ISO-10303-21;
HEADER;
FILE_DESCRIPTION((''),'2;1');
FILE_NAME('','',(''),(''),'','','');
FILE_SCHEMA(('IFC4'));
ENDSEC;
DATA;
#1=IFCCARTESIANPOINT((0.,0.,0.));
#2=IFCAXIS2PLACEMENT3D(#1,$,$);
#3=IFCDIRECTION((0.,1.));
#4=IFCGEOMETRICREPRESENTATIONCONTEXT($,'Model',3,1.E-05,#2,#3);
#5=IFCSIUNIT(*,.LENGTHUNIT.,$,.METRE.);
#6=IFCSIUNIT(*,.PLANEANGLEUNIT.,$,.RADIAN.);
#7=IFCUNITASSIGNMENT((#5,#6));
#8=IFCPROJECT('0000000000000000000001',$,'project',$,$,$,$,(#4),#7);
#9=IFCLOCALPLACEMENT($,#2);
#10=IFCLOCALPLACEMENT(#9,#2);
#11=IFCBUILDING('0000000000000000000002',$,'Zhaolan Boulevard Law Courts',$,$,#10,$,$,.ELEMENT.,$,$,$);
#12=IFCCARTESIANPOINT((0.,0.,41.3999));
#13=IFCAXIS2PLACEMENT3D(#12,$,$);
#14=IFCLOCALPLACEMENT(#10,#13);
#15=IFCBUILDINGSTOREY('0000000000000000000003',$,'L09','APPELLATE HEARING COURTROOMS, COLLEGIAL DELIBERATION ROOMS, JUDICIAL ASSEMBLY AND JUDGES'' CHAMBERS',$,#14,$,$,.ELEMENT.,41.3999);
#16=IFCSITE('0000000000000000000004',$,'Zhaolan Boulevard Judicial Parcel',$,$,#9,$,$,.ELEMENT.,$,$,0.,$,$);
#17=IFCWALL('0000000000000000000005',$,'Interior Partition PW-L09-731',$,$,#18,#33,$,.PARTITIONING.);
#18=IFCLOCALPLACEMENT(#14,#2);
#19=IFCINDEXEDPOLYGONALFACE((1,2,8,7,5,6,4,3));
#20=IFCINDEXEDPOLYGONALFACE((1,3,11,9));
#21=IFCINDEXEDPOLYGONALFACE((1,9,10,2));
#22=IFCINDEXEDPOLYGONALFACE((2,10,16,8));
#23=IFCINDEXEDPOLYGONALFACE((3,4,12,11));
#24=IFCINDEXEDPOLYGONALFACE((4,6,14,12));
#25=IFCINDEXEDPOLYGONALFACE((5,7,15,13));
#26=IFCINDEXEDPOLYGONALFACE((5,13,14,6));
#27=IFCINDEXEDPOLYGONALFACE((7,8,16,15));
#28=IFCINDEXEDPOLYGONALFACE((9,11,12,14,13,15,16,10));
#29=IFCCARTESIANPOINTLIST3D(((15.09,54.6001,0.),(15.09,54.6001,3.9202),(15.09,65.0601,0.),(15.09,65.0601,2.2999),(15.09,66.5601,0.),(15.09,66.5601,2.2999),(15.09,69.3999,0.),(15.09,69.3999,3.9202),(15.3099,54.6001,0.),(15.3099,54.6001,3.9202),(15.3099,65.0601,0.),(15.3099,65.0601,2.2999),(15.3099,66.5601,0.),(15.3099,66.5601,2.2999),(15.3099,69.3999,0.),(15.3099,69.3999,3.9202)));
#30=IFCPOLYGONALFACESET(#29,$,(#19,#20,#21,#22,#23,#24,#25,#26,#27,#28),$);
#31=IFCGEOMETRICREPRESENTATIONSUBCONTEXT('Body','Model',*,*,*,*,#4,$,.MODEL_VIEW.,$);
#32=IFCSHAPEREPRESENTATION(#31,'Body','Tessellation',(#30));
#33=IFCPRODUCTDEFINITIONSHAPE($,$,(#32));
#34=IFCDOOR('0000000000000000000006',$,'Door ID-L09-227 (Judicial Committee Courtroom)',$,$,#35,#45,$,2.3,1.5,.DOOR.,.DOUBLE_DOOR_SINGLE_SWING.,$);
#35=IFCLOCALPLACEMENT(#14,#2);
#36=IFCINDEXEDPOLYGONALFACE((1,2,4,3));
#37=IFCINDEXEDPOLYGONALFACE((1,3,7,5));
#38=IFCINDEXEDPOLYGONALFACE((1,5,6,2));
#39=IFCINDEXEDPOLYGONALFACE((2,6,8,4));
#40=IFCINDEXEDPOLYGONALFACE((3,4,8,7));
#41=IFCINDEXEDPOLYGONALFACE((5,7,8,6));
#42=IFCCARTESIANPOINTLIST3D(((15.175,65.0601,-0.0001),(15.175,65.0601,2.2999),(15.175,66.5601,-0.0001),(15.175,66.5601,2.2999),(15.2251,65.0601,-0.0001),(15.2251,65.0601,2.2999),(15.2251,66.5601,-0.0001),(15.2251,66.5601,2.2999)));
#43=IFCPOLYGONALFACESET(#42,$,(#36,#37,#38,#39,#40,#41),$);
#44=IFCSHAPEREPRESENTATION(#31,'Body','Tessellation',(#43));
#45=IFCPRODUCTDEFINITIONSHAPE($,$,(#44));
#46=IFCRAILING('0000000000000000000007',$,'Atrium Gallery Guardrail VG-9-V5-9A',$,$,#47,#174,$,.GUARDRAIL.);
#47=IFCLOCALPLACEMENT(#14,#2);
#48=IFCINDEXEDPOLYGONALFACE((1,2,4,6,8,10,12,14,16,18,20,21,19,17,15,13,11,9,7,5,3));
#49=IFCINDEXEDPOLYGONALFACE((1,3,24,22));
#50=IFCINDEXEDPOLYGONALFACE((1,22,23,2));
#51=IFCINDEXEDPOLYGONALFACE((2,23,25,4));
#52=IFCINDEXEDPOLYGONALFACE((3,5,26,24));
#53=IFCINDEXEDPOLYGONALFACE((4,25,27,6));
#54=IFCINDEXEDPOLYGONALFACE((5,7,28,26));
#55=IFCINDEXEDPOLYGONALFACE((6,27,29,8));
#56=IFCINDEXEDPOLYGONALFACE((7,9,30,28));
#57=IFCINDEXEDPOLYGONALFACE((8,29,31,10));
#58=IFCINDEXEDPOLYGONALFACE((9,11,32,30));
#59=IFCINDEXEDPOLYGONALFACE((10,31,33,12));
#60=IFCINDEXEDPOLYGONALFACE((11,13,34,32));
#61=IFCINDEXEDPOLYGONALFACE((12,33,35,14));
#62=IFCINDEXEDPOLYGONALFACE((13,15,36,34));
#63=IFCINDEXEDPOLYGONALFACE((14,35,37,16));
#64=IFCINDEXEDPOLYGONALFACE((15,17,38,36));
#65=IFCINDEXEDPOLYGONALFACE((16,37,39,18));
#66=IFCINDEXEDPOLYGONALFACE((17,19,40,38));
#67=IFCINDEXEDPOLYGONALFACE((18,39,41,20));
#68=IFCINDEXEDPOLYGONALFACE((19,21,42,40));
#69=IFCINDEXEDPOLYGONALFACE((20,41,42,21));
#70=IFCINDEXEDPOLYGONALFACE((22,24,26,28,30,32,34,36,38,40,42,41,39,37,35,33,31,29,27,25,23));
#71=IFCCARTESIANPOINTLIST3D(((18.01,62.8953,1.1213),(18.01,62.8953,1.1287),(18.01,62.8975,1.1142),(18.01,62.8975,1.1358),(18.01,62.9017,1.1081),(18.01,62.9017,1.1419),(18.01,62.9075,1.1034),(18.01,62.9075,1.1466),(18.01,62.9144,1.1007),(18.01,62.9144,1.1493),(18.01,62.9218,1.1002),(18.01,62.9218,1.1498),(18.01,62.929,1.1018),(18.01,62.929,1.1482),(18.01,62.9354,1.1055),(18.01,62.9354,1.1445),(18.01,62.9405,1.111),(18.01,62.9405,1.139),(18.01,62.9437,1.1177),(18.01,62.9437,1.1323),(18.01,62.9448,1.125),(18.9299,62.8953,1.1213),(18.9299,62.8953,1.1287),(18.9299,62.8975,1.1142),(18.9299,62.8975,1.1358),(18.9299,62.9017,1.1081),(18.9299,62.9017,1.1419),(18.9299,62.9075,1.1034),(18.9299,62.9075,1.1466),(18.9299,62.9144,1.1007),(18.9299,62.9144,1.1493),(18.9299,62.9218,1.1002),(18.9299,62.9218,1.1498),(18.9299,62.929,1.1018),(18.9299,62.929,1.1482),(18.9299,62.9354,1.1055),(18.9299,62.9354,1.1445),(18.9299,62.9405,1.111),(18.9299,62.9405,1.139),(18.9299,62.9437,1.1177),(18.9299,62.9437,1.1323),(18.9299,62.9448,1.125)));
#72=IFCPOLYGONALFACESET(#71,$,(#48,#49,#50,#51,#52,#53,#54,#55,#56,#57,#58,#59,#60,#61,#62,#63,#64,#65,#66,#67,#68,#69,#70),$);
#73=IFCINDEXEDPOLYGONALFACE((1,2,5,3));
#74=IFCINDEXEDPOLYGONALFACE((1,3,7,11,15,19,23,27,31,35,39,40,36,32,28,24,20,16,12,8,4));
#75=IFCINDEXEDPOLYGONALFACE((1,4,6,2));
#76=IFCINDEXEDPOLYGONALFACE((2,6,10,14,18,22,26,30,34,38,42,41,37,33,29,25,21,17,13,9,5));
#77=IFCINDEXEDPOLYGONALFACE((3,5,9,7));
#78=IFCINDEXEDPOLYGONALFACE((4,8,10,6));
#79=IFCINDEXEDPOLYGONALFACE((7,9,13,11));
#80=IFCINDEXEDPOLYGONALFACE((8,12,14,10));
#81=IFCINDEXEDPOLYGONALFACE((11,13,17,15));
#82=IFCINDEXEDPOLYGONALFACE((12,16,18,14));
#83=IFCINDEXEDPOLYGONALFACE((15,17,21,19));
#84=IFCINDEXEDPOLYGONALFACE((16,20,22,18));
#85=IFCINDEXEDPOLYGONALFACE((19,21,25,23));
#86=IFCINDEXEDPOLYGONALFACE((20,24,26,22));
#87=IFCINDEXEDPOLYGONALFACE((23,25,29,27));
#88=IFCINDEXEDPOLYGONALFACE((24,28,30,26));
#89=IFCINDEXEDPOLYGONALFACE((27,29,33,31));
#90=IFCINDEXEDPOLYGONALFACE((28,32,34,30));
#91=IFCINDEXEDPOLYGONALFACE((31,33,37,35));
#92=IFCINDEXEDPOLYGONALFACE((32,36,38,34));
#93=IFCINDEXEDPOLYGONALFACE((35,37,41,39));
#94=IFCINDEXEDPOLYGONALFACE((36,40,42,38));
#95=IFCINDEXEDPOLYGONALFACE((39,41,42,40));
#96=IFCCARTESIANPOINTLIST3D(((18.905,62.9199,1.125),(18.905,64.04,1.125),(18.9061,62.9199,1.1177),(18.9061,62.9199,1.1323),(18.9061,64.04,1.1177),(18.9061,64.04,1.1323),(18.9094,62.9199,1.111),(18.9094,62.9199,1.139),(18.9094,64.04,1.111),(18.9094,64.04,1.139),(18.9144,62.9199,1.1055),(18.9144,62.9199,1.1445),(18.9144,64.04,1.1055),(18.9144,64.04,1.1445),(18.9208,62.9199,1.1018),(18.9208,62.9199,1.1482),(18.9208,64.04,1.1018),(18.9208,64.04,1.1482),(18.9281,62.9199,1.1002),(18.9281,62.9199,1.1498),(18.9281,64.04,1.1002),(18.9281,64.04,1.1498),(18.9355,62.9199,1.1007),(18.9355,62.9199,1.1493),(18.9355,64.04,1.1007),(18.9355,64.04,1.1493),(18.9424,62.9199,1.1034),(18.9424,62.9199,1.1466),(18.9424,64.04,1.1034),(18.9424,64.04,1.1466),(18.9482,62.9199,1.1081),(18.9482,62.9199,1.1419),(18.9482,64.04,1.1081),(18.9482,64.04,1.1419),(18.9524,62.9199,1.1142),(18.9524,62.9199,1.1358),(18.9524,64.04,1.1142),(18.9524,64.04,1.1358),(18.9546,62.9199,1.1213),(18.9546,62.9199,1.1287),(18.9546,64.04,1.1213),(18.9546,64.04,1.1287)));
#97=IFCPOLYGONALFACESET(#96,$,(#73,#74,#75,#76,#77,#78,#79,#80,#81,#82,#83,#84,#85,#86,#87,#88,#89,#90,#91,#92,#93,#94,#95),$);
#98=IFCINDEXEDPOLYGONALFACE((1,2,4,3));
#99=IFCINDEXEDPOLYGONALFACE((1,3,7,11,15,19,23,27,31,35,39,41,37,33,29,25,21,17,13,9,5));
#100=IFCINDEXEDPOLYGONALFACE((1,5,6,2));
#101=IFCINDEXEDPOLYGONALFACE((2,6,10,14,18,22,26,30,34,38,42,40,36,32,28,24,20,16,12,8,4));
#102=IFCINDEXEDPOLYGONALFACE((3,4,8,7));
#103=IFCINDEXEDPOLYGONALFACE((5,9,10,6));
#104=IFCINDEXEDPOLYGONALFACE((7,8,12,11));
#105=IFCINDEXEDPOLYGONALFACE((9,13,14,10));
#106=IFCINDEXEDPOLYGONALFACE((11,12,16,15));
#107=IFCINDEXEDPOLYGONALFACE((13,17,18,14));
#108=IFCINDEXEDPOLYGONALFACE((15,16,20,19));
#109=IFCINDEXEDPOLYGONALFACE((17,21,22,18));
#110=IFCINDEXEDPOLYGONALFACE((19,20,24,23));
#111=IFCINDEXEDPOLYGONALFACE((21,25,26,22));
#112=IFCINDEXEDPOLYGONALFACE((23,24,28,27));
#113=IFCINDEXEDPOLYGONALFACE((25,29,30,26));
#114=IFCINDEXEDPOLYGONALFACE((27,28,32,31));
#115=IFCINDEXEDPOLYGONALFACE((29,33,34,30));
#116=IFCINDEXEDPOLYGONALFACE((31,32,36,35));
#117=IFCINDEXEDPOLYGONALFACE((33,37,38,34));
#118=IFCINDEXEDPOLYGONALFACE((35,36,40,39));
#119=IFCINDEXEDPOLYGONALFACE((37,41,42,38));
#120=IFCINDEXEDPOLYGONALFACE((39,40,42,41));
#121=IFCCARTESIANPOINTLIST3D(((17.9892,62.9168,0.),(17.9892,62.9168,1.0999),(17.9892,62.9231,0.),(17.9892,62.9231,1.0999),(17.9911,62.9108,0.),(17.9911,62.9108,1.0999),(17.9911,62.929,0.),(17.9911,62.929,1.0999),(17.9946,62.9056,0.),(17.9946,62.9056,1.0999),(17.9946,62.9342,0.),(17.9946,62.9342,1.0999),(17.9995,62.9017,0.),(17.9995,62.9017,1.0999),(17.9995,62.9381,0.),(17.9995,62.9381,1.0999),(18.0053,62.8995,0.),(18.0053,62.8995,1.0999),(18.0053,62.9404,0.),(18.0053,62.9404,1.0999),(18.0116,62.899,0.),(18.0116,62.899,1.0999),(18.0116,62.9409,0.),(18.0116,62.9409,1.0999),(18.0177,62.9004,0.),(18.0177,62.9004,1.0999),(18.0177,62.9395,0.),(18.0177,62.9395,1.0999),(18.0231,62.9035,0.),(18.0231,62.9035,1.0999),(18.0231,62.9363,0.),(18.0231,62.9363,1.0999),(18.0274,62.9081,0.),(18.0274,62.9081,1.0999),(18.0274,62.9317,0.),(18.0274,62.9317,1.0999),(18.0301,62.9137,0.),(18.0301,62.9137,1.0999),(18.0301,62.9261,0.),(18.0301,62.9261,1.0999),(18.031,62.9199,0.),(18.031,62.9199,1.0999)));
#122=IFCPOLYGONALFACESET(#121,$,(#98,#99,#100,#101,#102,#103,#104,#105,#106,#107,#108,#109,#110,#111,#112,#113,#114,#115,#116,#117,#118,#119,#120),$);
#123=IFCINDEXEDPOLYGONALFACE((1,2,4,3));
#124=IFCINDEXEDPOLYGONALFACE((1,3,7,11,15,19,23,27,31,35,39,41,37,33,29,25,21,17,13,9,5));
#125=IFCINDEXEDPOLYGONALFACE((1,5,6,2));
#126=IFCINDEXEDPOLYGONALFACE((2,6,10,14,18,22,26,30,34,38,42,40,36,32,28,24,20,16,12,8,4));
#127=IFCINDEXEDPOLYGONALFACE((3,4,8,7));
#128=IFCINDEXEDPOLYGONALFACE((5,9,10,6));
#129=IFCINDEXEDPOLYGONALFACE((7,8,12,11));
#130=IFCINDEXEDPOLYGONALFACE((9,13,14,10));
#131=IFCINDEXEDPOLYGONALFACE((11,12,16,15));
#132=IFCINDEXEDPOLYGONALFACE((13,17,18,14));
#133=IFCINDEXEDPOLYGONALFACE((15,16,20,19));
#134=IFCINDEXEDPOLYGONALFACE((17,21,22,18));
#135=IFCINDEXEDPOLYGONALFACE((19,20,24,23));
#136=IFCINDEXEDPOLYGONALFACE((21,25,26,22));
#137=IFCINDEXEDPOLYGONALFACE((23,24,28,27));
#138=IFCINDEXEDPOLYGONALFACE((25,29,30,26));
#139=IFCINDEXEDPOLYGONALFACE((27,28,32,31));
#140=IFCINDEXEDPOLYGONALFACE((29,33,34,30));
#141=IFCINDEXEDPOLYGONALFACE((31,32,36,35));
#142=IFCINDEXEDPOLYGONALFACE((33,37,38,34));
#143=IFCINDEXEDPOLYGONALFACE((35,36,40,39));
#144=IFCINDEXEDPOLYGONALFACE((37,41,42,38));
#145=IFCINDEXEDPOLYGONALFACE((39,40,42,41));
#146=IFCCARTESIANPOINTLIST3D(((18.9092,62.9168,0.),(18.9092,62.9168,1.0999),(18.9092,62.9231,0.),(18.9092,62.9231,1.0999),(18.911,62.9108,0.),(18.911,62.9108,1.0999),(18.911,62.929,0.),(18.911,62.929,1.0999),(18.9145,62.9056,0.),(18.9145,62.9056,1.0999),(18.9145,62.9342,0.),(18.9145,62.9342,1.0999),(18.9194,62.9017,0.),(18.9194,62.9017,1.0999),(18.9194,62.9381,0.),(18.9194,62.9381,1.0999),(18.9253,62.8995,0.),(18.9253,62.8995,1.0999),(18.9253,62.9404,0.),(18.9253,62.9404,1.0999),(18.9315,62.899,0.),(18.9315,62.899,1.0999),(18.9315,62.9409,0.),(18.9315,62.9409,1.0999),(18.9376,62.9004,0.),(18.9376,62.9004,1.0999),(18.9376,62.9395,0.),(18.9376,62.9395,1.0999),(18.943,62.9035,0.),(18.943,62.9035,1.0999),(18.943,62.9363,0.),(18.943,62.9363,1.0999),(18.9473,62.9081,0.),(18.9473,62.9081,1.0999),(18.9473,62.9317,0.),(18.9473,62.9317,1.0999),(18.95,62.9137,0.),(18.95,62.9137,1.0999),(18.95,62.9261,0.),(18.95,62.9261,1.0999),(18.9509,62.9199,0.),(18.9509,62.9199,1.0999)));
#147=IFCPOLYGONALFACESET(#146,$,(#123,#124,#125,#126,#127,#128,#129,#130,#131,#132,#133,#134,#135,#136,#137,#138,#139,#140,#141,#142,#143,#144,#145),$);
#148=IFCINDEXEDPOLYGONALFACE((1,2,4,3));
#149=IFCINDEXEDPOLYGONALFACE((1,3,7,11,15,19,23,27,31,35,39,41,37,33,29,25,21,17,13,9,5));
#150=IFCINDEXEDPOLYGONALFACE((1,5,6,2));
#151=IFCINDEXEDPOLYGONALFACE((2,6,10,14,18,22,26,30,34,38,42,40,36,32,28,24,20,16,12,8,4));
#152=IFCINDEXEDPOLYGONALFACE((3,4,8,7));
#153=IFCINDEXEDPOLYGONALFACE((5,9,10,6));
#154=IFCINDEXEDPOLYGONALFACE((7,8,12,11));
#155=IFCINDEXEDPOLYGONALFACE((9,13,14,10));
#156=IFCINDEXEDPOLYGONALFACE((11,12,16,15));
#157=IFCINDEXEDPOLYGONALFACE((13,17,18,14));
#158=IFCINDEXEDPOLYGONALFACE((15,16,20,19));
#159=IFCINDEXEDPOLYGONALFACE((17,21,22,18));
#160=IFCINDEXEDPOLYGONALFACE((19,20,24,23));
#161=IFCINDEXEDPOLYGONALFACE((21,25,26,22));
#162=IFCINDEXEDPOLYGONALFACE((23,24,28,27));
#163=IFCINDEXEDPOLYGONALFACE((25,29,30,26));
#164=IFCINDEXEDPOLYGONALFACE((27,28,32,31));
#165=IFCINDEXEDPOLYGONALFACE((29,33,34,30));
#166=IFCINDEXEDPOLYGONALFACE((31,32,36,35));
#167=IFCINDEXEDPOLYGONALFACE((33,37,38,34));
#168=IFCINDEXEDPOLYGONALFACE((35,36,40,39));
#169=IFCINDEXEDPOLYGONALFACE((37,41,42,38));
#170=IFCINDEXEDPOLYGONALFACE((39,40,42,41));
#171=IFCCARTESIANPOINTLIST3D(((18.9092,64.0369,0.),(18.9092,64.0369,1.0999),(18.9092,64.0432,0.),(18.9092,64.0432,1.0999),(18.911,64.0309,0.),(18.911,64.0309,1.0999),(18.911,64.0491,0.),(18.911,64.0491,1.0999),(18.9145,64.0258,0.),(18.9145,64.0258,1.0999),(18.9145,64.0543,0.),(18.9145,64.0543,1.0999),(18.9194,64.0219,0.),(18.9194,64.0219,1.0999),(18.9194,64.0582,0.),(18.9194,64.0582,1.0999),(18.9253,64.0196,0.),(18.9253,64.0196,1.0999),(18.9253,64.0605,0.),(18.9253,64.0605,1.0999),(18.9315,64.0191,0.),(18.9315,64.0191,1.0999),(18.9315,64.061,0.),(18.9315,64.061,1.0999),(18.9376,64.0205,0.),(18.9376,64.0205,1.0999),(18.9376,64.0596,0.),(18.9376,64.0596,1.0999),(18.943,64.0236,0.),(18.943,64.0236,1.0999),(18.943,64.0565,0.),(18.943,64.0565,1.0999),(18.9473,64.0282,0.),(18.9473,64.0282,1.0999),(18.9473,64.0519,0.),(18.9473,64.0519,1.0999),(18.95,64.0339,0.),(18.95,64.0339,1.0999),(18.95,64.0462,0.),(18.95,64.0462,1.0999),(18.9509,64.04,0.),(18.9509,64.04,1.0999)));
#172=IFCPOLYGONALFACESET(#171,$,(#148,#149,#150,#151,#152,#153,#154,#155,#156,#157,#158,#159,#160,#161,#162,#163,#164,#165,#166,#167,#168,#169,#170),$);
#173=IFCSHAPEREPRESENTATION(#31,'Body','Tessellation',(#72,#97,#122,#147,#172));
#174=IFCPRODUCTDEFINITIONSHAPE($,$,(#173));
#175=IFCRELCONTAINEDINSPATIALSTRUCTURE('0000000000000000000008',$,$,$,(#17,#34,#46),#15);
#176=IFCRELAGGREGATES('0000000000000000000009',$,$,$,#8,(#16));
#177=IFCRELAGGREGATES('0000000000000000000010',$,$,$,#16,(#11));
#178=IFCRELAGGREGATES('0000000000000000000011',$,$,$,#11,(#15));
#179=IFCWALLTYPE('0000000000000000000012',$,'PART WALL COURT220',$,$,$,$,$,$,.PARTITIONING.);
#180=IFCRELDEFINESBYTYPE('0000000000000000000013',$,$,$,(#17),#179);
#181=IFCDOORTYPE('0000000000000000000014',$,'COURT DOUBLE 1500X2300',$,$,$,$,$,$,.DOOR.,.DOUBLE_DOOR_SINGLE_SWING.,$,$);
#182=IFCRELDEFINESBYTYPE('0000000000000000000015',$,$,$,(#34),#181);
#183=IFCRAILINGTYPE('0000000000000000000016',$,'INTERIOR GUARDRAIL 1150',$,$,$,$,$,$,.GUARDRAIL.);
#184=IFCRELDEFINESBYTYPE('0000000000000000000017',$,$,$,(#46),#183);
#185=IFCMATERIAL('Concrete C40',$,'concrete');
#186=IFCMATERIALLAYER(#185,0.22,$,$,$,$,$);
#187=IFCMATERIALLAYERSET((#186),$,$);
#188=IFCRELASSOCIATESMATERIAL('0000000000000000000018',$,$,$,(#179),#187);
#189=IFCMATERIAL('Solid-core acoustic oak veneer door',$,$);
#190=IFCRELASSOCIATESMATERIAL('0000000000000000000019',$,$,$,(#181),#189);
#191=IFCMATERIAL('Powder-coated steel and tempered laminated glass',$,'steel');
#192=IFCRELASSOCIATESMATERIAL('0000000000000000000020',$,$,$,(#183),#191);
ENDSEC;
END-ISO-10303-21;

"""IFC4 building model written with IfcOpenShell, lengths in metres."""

from ifc_helpers import new_model, si_unit, direction, frame, frame_2d, origin, origin_2d, place, context, subcontext, project, spatial, rectangle, circle, extrude, material, layer, layer_set, type_object, element, fill, save


model = new_model("IFC4")

# Units and contexts
model_context = context("Model", 3, precision=1e-05, world=origin(), true_north=direction((0.0, 1.0)))
body_context = subcontext(model_context, "Body", "Model", "MODEL_VIEW")
ifc_project = project(units=[si_unit("LENGTHUNIT", "METRE"), si_unit("PLANEANGLEUNIT", "RADIAN")], contexts=[model_context])

# Site, building, storey
site_placement = place(None, origin())
site = spatial("IfcSite", under=ifc_project, at=site_placement, Name="Zhaolan Boulevard Judicial Parcel", CompositionType="ELEMENT", RefElevation=0.0)
building_placement = place(site_placement, origin())
building = spatial("IfcBuilding", under=site, at=building_placement, Name="Zhaolan Boulevard Law Courts", CompositionType="ELEMENT")
storey_placement = place(building_placement, frame((0.0, 0.0, 41.3999)))
storey = spatial("IfcBuildingStorey", under=building, at=storey_placement, Name="L09", Description="APPELLATE HEARING COURTROOMS, COLLEGIAL DELIBERATION ROOMS, JUDICIAL ASSEMBLY AND JUDGES' CHAMBERS", CompositionType="ELEMENT", Elevation=41.3999)

# Wall, opening, door
ifc_material_1 = material(Name="Concrete C40", Category="concrete")
ifc_layer_1 = layer(ifc_material_1, 0.22)
ifc_layer_set_1 = layer_set([ifc_layer_1])
wall_type_1 = type_object("IfcWallType", Name="PART WALL COURT220", PredefinedType="PARTITIONING", material=ifc_layer_set_1)
wall_1_placement = place(storey_placement, frame((15.2, 54.6001, 0.0), z_axis=(0.0, 0.0, 1.0), x_axis=(0.0, 1.0, 0.0)))
wall_1 = element("IfcWall", 1, at=wall_1_placement, inside=storey, type_object=wall_type_1, Name="Interior Partition PW-L09-731", PredefinedType="PARTITIONING", context=body_context, shape_type="SweptSolid", body=[
    extrude(rectangle(XDim=14.7998, YDim=0.22, at=frame_2d((7.3999, 0.0))), origin(), (0.0, 0.0, 1.0), 3.9202),
])
opening_1_placement = place(wall_1_placement, frame((10.46, 0.0, 0.0)))
opening_1 = element("IfcOpeningElement", 2, at=opening_1_placement, cuts=wall_1, PredefinedType="OPENING", context=body_context, shape_type="SweptSolid", body=[
    extrude(rectangle(XDim=1.5, YDim=2.3, at=frame_2d((0.75, 1.1499))), frame((0.0, 0.1199, 0.0), z_axis=(0.0, -1.0, 0.0), x_axis=(1.0, 0.0, 0.0)), (0.0, 0.0, 1.0), 0.24),
])
ifc_material_2 = material(Name="Solid-core acoustic oak veneer door")
door_type_1 = type_object("IfcDoorType", Name="COURT DOUBLE 1500X2300", OperationType="DOUBLE_DOOR_SINGLE_SWING", PredefinedType="DOOR", material=ifc_material_2)
door_1_placement = place(opening_1_placement, origin())
door_1 = element("IfcDoor", 3, at=door_1_placement, inside=storey, type_object=door_type_1, Name="Door ID-L09-227 (Judicial Committee Courtroom)", OperationType="DOUBLE_DOOR_SINGLE_SWING", OverallHeight=2.3, OverallWidth=1.5, PredefinedType="DOOR", context=body_context, shape_type="SweptSolid", body=[
    extrude(rectangle(XDim=1.5, YDim=2.3, at=frame_2d((0.75, 1.1499))), frame((0.0, 0.0249, 0.0), z_axis=(0.0, -1.0, 0.0), x_axis=(1.0, 0.0, 0.0)), (0.0, 0.0, 1.0), 0.05),
])
fill(opening_1, door_1)

# Railing
ifc_material_3 = material(Name="Powder-coated steel and tempered laminated glass", Category="steel")
railing_type = type_object("IfcRailingType", Name="INTERIOR GUARDRAIL 1150", PredefinedType="GUARDRAIL", material=ifc_material_3)
railing_1_placement = place(storey_placement, frame((18.01, 62.9199, 0.0)))
element("IfcRailing", 4, at=railing_1_placement, inside=storey, type_object=railing_type, Name="Atrium Gallery Guardrail VG-9-V5-9A", PredefinedType="GUARDRAIL", context=body_context, shape_type="SweptSolid", body=[
    extrude(circle(Radius=0.0249, at=origin_2d()), frame((0.0, 0.0, 1.125), z_axis=(1.0, 0.0, 0.0), x_axis=(0.0, 1.0, 0.0)), (0.0, 0.0, 1.0), 0.9199),
    extrude(circle(Radius=0.0249, at=origin_2d()), frame((0.9199, 0.0, 1.125), z_axis=(0.0, 1.0, 0.0), x_axis=(-1.0, 0.0, 0.0)), (0.0, 0.0, 1.0), 1.1201),
    extrude(circle(Radius=0.021, at=origin_2d()), origin(), (0.0, 0.0, 1.0), 1.0999),
    extrude(circle(Radius=0.021, at=origin_2d()), frame((0.9199, 0.0, 0.0)), (0.0, 0.0, 1.0), 1.0999),
    extrude(circle(Radius=0.021, at=origin_2d()), frame((0.9199, 1.1201, 0.0)), (0.0, 0.0, 1.0), 1.0999),
])

save(model, "model.ifc")
